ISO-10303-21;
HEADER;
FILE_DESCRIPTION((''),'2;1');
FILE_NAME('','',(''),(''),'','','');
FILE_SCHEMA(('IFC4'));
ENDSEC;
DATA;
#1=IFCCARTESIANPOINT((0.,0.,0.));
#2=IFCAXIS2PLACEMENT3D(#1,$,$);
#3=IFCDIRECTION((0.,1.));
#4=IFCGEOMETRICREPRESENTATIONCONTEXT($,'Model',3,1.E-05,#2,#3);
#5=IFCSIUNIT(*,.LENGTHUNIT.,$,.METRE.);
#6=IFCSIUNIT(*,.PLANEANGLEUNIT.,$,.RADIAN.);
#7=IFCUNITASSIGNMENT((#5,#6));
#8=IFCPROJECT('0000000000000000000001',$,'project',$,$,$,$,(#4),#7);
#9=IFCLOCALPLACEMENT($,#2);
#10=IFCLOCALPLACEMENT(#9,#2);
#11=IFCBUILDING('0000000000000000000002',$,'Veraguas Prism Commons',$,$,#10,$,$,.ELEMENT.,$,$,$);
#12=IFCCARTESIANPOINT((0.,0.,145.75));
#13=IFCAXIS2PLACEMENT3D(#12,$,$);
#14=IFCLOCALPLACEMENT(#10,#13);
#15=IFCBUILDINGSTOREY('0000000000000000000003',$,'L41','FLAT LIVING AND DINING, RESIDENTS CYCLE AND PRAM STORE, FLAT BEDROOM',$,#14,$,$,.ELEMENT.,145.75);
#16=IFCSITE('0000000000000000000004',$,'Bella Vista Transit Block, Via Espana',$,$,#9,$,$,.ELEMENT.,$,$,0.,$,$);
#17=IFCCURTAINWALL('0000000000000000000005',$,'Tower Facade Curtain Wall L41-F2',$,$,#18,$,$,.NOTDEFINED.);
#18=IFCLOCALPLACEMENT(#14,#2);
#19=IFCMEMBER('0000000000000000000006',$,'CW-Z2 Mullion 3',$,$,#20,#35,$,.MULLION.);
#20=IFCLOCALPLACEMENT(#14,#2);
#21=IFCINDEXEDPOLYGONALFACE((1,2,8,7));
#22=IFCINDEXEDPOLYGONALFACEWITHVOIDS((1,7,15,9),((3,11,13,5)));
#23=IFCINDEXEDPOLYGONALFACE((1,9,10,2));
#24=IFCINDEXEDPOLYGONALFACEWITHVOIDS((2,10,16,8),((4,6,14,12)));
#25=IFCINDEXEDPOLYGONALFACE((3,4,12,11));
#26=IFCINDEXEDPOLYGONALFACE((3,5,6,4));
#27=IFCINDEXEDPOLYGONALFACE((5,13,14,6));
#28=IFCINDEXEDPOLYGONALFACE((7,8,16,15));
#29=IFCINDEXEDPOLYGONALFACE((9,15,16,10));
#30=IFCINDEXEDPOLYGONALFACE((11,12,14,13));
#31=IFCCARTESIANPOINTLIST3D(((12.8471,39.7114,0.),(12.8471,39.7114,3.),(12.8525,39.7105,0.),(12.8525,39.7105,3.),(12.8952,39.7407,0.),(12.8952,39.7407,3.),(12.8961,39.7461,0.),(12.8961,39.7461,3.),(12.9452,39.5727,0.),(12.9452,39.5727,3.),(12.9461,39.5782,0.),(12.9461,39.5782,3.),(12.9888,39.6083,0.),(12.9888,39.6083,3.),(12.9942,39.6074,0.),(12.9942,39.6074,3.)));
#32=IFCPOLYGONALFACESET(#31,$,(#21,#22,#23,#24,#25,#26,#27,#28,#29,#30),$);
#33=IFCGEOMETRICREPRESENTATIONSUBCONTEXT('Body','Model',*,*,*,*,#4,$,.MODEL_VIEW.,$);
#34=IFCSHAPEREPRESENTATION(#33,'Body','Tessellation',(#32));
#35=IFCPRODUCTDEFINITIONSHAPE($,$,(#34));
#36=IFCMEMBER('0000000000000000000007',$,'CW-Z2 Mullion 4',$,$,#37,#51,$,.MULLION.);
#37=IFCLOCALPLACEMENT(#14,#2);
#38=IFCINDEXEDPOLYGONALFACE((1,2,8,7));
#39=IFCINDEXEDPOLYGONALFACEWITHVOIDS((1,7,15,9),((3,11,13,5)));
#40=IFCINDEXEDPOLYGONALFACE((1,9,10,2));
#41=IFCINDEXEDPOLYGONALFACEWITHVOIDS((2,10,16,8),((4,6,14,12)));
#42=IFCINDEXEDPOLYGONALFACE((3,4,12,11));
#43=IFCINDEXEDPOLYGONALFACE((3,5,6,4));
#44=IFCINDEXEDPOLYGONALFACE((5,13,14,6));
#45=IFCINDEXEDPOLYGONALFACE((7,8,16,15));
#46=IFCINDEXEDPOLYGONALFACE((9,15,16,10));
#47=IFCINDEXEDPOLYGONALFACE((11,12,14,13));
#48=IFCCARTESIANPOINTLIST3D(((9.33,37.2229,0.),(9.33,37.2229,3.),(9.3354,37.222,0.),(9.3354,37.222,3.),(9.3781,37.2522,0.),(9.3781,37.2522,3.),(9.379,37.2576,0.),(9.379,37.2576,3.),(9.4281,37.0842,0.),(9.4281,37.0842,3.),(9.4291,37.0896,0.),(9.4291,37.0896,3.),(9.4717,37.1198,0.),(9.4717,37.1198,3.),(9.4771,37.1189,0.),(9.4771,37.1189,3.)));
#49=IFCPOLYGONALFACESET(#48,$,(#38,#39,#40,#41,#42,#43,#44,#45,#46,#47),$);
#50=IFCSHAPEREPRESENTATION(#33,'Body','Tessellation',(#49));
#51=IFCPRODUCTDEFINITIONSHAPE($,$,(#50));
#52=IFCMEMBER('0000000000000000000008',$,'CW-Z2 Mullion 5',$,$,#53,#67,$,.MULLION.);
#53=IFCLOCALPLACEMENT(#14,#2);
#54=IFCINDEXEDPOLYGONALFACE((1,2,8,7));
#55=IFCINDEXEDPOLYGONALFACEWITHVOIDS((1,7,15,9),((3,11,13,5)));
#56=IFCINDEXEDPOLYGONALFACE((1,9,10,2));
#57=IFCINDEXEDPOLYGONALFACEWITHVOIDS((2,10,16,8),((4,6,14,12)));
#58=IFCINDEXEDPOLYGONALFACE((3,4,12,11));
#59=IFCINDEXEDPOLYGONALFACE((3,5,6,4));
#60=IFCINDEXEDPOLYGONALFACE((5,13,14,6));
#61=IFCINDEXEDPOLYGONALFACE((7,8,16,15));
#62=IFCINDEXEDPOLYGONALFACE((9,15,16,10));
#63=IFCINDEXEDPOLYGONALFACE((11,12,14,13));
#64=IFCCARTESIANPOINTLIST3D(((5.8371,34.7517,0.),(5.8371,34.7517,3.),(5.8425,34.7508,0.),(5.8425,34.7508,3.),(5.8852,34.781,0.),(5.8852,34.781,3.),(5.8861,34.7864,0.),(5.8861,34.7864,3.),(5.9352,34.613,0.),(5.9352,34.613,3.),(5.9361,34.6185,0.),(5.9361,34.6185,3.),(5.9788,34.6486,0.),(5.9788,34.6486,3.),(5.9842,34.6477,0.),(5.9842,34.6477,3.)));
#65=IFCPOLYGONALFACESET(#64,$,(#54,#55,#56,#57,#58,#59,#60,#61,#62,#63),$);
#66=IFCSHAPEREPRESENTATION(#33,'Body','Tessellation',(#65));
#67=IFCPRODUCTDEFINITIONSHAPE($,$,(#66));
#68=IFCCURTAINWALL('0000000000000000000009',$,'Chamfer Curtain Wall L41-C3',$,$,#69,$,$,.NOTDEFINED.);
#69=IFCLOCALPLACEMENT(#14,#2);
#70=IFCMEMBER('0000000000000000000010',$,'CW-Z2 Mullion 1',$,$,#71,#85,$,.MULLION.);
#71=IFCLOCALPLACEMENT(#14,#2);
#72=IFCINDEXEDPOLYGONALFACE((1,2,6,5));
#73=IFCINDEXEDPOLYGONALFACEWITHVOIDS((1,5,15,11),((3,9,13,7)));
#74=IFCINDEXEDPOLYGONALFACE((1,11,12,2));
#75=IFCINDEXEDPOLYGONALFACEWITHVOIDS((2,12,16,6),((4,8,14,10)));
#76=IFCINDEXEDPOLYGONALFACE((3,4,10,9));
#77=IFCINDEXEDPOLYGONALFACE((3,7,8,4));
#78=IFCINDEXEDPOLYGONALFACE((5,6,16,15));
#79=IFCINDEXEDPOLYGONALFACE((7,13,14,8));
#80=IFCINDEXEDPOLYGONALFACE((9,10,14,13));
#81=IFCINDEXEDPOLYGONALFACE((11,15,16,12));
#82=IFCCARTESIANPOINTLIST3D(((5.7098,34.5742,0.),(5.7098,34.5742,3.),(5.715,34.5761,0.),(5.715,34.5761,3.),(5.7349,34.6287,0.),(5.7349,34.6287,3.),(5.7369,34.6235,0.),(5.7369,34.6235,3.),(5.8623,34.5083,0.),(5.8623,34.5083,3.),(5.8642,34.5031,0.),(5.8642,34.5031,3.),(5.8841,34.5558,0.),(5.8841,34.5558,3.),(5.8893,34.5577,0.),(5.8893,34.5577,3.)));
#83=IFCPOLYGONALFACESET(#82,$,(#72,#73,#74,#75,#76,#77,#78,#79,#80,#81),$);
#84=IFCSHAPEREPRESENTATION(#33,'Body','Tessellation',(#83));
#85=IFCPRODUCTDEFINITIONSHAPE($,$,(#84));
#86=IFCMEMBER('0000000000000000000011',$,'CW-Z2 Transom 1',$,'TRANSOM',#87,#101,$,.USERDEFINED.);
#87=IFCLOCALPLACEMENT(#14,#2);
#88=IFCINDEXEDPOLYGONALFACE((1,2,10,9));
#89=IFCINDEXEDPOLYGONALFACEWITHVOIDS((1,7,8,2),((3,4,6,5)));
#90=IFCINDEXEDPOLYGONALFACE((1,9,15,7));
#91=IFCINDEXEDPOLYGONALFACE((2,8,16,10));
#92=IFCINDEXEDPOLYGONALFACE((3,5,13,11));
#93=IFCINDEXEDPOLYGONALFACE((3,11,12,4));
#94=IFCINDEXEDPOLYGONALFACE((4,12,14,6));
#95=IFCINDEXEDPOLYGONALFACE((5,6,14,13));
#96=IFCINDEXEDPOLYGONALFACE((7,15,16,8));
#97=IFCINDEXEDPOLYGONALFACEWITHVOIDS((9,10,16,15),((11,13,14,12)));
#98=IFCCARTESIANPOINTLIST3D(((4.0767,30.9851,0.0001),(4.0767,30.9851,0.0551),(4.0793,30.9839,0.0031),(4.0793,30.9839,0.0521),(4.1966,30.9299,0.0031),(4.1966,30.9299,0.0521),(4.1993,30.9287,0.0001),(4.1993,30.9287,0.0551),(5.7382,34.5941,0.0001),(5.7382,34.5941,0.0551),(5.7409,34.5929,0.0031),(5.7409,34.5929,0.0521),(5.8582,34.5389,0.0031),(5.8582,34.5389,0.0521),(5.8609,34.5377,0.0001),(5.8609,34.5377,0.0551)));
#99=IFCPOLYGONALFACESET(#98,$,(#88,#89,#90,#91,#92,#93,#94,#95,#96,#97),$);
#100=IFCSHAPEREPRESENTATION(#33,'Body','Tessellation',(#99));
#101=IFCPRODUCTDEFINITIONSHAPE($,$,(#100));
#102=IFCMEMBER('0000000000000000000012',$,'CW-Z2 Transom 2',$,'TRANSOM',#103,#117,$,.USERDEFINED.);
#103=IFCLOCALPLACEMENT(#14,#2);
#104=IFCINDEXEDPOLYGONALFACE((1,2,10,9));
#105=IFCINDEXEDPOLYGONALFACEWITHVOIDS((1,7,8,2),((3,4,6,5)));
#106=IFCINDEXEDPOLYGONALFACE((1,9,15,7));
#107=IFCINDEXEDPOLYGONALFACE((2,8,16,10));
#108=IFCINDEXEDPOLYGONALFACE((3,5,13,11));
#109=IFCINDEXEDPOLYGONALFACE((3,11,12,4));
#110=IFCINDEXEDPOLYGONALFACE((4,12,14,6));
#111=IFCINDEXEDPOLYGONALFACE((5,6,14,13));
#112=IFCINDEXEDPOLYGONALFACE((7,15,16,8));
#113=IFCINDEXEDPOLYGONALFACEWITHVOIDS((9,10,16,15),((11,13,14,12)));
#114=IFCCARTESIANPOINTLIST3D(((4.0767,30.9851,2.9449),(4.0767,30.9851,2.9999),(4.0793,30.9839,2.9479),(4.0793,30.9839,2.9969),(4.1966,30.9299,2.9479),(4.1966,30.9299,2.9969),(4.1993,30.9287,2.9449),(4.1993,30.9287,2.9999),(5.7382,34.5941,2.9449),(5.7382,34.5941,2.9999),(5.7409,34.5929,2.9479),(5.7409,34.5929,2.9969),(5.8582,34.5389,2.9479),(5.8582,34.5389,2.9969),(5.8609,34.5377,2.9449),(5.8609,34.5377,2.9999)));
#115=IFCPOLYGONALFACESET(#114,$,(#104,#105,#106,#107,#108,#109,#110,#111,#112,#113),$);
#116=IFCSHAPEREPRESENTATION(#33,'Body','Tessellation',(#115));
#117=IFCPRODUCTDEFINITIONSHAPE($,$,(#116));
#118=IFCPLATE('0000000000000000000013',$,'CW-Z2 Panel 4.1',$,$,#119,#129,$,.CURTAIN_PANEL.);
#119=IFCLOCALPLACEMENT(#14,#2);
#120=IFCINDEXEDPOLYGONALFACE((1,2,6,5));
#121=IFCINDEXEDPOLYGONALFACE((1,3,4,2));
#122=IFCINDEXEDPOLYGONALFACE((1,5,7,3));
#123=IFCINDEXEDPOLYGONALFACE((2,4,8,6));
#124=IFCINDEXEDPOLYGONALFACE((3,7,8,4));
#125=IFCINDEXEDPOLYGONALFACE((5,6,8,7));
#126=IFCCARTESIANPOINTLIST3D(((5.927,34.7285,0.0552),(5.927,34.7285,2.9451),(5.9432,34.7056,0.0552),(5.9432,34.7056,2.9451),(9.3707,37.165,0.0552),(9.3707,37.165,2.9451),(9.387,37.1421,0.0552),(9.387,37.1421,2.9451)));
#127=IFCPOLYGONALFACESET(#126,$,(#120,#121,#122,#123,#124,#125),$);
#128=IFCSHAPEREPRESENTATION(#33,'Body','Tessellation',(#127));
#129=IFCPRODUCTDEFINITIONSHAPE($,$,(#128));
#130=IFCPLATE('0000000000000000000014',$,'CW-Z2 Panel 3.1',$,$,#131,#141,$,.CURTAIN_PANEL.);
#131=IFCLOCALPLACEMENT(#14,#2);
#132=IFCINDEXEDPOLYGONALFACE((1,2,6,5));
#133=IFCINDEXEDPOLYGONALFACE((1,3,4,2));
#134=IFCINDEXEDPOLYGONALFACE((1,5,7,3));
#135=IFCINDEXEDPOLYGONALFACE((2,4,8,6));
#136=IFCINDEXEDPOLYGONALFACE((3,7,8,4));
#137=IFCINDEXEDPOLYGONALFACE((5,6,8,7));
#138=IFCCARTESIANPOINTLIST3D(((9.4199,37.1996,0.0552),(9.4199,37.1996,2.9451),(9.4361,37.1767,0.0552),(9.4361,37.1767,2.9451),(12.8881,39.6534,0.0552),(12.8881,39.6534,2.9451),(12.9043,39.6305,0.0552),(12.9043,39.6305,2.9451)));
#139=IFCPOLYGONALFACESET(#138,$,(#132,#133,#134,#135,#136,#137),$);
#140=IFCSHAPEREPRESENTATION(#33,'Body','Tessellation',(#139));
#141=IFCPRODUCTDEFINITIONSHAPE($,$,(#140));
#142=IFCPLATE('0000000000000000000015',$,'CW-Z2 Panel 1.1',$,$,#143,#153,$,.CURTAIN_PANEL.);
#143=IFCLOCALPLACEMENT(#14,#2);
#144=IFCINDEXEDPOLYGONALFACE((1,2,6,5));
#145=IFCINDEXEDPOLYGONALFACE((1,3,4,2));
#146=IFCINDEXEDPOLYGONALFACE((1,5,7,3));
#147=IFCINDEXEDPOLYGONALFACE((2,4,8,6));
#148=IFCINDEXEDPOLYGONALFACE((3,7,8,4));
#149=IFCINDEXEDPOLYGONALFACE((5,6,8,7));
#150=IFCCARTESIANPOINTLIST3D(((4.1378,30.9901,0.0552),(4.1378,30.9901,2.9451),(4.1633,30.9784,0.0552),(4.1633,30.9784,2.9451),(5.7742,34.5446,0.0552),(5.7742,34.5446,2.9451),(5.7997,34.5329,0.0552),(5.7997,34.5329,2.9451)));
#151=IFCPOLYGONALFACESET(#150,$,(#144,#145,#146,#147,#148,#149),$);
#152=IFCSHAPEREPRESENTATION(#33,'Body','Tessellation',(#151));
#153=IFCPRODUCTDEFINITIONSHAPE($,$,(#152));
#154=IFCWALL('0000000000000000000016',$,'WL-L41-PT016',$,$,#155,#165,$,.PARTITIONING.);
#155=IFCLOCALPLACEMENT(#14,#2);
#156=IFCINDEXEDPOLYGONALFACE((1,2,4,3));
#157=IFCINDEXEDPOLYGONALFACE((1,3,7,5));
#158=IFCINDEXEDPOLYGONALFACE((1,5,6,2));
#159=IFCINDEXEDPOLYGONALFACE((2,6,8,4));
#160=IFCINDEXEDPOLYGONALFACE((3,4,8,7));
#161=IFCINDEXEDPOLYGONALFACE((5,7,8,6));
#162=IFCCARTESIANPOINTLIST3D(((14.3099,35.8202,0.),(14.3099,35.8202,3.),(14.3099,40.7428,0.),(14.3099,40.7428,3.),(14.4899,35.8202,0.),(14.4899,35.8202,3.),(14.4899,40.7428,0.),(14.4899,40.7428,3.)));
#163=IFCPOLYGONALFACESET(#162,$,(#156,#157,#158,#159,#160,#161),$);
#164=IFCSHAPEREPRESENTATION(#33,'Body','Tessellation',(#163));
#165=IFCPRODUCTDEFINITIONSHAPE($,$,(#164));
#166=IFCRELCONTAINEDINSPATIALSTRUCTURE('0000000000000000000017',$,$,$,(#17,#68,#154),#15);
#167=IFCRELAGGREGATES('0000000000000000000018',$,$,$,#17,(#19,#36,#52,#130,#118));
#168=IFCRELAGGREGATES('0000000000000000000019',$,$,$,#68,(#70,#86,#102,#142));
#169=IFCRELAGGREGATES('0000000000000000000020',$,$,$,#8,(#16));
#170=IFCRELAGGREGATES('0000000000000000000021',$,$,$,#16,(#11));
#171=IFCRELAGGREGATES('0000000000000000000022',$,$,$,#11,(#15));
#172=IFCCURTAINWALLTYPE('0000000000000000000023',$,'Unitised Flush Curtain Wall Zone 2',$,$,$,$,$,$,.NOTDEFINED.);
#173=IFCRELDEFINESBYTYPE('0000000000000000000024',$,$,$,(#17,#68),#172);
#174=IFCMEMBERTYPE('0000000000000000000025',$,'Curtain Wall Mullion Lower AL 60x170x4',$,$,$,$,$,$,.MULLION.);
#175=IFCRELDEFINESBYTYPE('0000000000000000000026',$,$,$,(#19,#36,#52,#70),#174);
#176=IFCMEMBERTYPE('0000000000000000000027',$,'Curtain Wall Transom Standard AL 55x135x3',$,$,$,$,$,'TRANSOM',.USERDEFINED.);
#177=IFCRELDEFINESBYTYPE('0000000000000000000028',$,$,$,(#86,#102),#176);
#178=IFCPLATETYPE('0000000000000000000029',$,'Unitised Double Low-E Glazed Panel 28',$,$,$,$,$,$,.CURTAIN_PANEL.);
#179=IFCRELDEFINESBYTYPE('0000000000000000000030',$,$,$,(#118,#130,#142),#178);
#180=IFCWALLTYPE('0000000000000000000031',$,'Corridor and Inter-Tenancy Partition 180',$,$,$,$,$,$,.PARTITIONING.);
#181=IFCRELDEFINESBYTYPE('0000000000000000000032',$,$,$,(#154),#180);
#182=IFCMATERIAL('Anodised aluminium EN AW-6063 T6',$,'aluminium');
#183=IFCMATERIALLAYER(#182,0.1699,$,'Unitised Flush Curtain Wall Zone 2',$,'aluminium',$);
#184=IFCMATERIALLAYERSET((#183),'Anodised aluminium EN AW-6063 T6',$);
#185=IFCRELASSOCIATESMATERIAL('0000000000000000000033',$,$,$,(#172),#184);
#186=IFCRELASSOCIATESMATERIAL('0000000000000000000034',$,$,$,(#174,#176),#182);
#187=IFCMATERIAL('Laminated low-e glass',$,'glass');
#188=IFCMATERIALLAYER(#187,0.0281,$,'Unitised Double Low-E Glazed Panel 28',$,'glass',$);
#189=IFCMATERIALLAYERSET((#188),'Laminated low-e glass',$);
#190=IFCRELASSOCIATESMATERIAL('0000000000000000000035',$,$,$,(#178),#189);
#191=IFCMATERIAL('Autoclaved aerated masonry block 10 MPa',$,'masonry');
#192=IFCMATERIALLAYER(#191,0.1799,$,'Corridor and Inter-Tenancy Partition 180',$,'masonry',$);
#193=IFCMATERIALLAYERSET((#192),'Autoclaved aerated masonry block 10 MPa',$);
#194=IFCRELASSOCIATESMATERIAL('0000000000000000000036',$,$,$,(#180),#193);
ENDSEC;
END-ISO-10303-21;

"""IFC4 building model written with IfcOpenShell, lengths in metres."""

from ifc_helpers import new_model, si_unit, direction, frame, frame_2d, origin, origin_2d, place, context, subcontext, project, spatial, rectangle, hollow_rectangle, extrude, source, transform, mapped, material, layer, layer_set, material_profile, profile_set, type_object, element, aggregate, save


model = new_model("IFC4")

# Units and contexts
model_context = context("Model", 3, precision=1e-05, world=origin(), true_north=direction((0.0, 1.0)))
body_context = subcontext(model_context, "Body", "Model", "MODEL_VIEW")
ifc_project = project(units=[si_unit("LENGTHUNIT", "METRE"), si_unit("PLANEANGLEUNIT", "RADIAN")], contexts=[model_context])

# Site, building, storey
site_placement = place(None, origin())
site = spatial("IfcSite", under=ifc_project, at=site_placement, Name="Bella Vista Transit Block, Via Espana", CompositionType="ELEMENT", RefElevation=0.0)
building_placement = place(site_placement, origin())
building = spatial("IfcBuilding", under=site, at=building_placement, Name="Veraguas Prism Commons", CompositionType="ELEMENT")
storey_placement = place(building_placement, frame((0.0, 0.0, 145.75)))
storey = spatial("IfcBuildingStorey", under=building, at=storey_placement, Name="L41", Description="FLAT LIVING AND DINING, RESIDENTS CYCLE AND PRAM STORE, FLAT BEDROOM", CompositionType="ELEMENT", Elevation=145.75)

# Curtain walls, members
ifc_material_1 = material(Name="Anodised aluminium EN AW-6063 T6", Category="aluminium")
ifc_layer_1 = layer(ifc_material_1, 0.1699, Name="Unitised Flush Curtain Wall Zone 2", Category="aluminium")
ifc_layer_set_1 = layer_set([ifc_layer_1], Name="Anodised aluminium EN AW-6063 T6")
curtain_wall_type = type_object("IfcCurtainWallType", Name="Unitised Flush Curtain Wall Zone 2", PredefinedType="NOTDEFINED", material=ifc_layer_set_1)
curtain_wall_1_placement = place(storey_placement, origin())
curtain_wall_1 = element("IfcCurtainWall", 1, at=curtain_wall_1_placement, inside=storey, type_object=curtain_wall_type, Name="Tower Facade Curtain Wall L41-F2", PredefinedType="NOTDEFINED")
ifc_material_profile_1 = material_profile(ifc_material_1, hollow_rectangle(XDim=0.0601, YDim=0.1699, WallThickness=0.0039, at=origin_2d()), Name="AL60X170X4")
ifc_profile_set_1 = profile_set([ifc_material_profile_1], Name="Anodised aluminium EN AW-6063 T6")
member_type_1 = type_object("IfcMemberType", Name="Curtain Wall Mullion Lower AL 60x170x4", PredefinedType="MULLION", material=ifc_profile_set_1)
shared_shape_1 = source(origin(), body_context, "Body", "SweptSolid", [
    extrude(hollow_rectangle(XDim=0.0601, YDim=0.1699, WallThickness=0.0039, at=origin_2d()), origin(), (0.0, 0.0, 1.0), 3.0),
])
member_1_placement = place(storey_placement, frame((12.9207, 39.6594, 0.0), z_axis=(0.0, 0.0, 1.0), x_axis=(-0.816342, -0.577568, 0.0)))
member_1 = element("IfcMember", 2, at=member_1_placement, type_object=member_type_1, Name="CW-Z2 Mullion 3", PredefinedType="MULLION", context=body_context, shape_type="MappedRepresentation", body=[
    mapped(shared_shape_1, transform((0.0, 0.0, 0.0), scale=1.0)),
])
member_2_placement = place(storey_placement, frame((9.4036, 37.1709, 0.0), z_axis=(0.0, 0.0, 1.0), x_axis=(-0.816342, -0.577568, 0.0)))
member_2 = element("IfcMember", 3, at=member_2_placement, type_object=member_type_1, Name="CW-Z2 Mullion 4", PredefinedType="MULLION", context=body_context, shape_type="MappedRepresentation", body=[
    mapped(shared_shape_1, transform((0.0, 0.0, 0.0), scale=1.0)),
])
member_3_placement = place(storey_placement, frame((5.9106, 34.6997, 0.0), z_axis=(0.0, 0.0, 1.0), x_axis=(-0.816342, -0.577568, 0.0)))
member_3 = element("IfcMember", 4, at=member_3_placement, type_object=member_type_1, Name="CW-Z2 Mullion 5", PredefinedType="MULLION", context=body_context, shape_type="MappedRepresentation", body=[
    mapped(shared_shape_1, transform((0.0, 0.0, 0.0), scale=1.0)),
])
curtain_wall_2_placement = place(storey_placement, origin())
curtain_wall_2 = element("IfcCurtainWall", 5, at=curtain_wall_2_placement, inside=storey, type_object=curtain_wall_type, Name="Chamfer Curtain Wall L41-C3", PredefinedType="NOTDEFINED")
member_4_placement = place(storey_placement, frame((5.7996, 34.5659, 0.0), z_axis=(0.0, 0.0, 1.0), x_axis=(-0.418181, -0.908364, 0.0)))
member_4 = element("IfcMember", 6, at=member_4_placement, type_object=member_type_1, Name="CW-Z2 Mullion 1", PredefinedType="MULLION", context=body_context, shape_type="MappedRepresentation", body=[
    mapped(shared_shape_1, transform((0.0, 0.0, 0.0), scale=1.0)),
])
ifc_material_profile_2 = material_profile(ifc_material_1, hollow_rectangle(XDim=0.0549, YDim=0.135, WallThickness=0.0029, at=origin_2d()), Name="AL55X135X3")
ifc_profile_set_2 = profile_set([ifc_material_profile_2], Name="Anodised aluminium EN AW-6063 T6")
member_type_2 = type_object("IfcMemberType", Name="Curtain Wall Transom Standard AL 55x135x3", ElementType="TRANSOM", PredefinedType="USERDEFINED", material=ifc_profile_set_2)
shared_shape_2 = source(origin(), body_context, "Body", "SweptSolid", [
    extrude(hollow_rectangle(XDim=0.0549, YDim=0.135, WallThickness=0.0029, at=origin_2d()), origin(), (0.0, 0.0, 1.0), 3.9731),
])
member_5_placement = place(storey_placement, frame((5.7996, 34.5659, 0.0276), z_axis=(-0.418201, -0.908355, 0.0), x_axis=(0.0, 0.0, 1.0)))
member_5 = element("IfcMember", 7, at=member_5_placement, type_object=member_type_2, Name="CW-Z2 Transom 1", ObjectType="TRANSOM", PredefinedType="USERDEFINED", context=body_context, shape_type="MappedRepresentation", body=[
    mapped(shared_shape_2, transform((0.0, 0.0, 0.0), scale=1.0)),
])
member_6_placement = place(storey_placement, frame((5.7996, 34.5659, 2.9724), z_axis=(-0.418201, -0.908355, 0.0), x_axis=(0.0, 0.0, 1.0)))
member_6 = element("IfcMember", 8, at=member_6_placement, type_object=member_type_2, Name="CW-Z2 Transom 2", ObjectType="TRANSOM", PredefinedType="USERDEFINED", context=body_context, shape_type="MappedRepresentation", body=[
    mapped(shared_shape_2, transform((0.0, 0.0, 0.0), scale=1.0)),
])

# Plates
ifc_material_2 = material(Name="Laminated low-e glass", Category="glass")
ifc_layer_2 = layer(ifc_material_2, 0.0281, Name="Unitised Double Low-E Glazed Panel 28", Category="glass")
ifc_layer_set_2 = layer_set([ifc_layer_2], Name="Laminated low-e glass")
plate_type = type_object("IfcPlateType", Name="Unitised Double Low-E Glazed Panel 28", PredefinedType="CURTAIN_PANEL", material=ifc_layer_set_2)
shared_shape_3 = source(origin(), body_context, "Body", "SweptSolid", [
    extrude(rectangle(XDim=4.2185, YDim=0.0281, at=origin_2d()), origin(), (0.0, 0.0, 1.0), 2.8899),
])
plate_1_placement = place(storey_placement, frame((7.657, 35.9353, 0.0552), z_axis=(0.0, 0.0, 1.0), x_axis=(-0.816342, -0.577568, 0.0)))
plate_1 = element("IfcPlate", 9, at=plate_1_placement, type_object=plate_type, Name="CW-Z2 Panel 4.1", PredefinedType="CURTAIN_PANEL", context=body_context, shape_type="MappedRepresentation", body=[
    mapped(shared_shape_3, transform((0.0, 0.0, 0.0), scale=1.0)),
])
shared_shape_4 = source(origin(), body_context, "Body", "SweptSolid", [
    extrude(rectangle(XDim=4.2485, YDim=0.0281, at=origin_2d()), origin(), (0.0, 0.0, 1.0), 2.8899),
])
plate_2_placement = place(storey_placement, frame((11.1621, 38.415, 0.0552), z_axis=(0.0, 0.0, 1.0), x_axis=(-0.816342, -0.577568, 0.0)))
plate_2 = element("IfcPlate", 10, at=plate_2_placement, type_object=plate_type, Name="CW-Z2 Panel 3.1", PredefinedType="CURTAIN_PANEL", context=body_context, shape_type="MappedRepresentation", body=[
    mapped(shared_shape_4, transform((0.0, 0.0, 0.0), scale=1.0)),
])
aggregate(curtain_wall_1, [member_1, member_2, member_3, plate_2, plate_1])
shared_shape_5 = source(origin(), body_context, "Body", "SweptSolid", [
    extrude(rectangle(XDim=3.9131, YDim=0.0281, at=origin_2d()), origin(), (0.0, 0.0, 1.0), 2.8899),
])
plate_3_placement = place(storey_placement, frame((4.9688, 32.7615, 0.0552), z_axis=(0.0, 0.0, 1.0), x_axis=(-0.418181, -0.908364, 0.0)))
plate_3 = element("IfcPlate", 11, at=plate_3_placement, type_object=plate_type, Name="CW-Z2 Panel 1.1", PredefinedType="CURTAIN_PANEL", context=body_context, shape_type="MappedRepresentation", body=[
    mapped(shared_shape_5, transform((0.0, 0.0, 0.0), scale=1.0)),
])
aggregate(curtain_wall_2, [member_4, member_5, member_6, plate_3])

# Wall
ifc_material_3 = material(Name="Autoclaved aerated masonry block 10 MPa", Category="masonry")
ifc_layer_3 = layer(ifc_material_3, 0.1799, Name="Corridor and Inter-Tenancy Partition 180", Category="masonry")
ifc_layer_set_3 = layer_set([ifc_layer_3], Name="Autoclaved aerated masonry block 10 MPa")
wall_type_1 = type_object("IfcWallType", Name="Corridor and Inter-Tenancy Partition 180", PredefinedType="PARTITIONING", material=ifc_layer_set_3)
wall_1_placement = place(storey_placement, frame((14.3999, 35.8201, 0.0), z_axis=(0.0, 0.0, 1.0), x_axis=(0.0, 1.0, 0.0)))
element("IfcWall", 12, at=wall_1_placement, inside=storey, type_object=wall_type_1, Name="WL-L41-PT016", PredefinedType="PARTITIONING", context=body_context, shape_type="SweptSolid", body=[
    extrude(rectangle(XDim=4.9226, YDim=0.1799, at=frame_2d((2.4614, 0.0))), origin(), (0.0, 0.0, 1.0), 3.0),
])

save(model, "model.ifc")
